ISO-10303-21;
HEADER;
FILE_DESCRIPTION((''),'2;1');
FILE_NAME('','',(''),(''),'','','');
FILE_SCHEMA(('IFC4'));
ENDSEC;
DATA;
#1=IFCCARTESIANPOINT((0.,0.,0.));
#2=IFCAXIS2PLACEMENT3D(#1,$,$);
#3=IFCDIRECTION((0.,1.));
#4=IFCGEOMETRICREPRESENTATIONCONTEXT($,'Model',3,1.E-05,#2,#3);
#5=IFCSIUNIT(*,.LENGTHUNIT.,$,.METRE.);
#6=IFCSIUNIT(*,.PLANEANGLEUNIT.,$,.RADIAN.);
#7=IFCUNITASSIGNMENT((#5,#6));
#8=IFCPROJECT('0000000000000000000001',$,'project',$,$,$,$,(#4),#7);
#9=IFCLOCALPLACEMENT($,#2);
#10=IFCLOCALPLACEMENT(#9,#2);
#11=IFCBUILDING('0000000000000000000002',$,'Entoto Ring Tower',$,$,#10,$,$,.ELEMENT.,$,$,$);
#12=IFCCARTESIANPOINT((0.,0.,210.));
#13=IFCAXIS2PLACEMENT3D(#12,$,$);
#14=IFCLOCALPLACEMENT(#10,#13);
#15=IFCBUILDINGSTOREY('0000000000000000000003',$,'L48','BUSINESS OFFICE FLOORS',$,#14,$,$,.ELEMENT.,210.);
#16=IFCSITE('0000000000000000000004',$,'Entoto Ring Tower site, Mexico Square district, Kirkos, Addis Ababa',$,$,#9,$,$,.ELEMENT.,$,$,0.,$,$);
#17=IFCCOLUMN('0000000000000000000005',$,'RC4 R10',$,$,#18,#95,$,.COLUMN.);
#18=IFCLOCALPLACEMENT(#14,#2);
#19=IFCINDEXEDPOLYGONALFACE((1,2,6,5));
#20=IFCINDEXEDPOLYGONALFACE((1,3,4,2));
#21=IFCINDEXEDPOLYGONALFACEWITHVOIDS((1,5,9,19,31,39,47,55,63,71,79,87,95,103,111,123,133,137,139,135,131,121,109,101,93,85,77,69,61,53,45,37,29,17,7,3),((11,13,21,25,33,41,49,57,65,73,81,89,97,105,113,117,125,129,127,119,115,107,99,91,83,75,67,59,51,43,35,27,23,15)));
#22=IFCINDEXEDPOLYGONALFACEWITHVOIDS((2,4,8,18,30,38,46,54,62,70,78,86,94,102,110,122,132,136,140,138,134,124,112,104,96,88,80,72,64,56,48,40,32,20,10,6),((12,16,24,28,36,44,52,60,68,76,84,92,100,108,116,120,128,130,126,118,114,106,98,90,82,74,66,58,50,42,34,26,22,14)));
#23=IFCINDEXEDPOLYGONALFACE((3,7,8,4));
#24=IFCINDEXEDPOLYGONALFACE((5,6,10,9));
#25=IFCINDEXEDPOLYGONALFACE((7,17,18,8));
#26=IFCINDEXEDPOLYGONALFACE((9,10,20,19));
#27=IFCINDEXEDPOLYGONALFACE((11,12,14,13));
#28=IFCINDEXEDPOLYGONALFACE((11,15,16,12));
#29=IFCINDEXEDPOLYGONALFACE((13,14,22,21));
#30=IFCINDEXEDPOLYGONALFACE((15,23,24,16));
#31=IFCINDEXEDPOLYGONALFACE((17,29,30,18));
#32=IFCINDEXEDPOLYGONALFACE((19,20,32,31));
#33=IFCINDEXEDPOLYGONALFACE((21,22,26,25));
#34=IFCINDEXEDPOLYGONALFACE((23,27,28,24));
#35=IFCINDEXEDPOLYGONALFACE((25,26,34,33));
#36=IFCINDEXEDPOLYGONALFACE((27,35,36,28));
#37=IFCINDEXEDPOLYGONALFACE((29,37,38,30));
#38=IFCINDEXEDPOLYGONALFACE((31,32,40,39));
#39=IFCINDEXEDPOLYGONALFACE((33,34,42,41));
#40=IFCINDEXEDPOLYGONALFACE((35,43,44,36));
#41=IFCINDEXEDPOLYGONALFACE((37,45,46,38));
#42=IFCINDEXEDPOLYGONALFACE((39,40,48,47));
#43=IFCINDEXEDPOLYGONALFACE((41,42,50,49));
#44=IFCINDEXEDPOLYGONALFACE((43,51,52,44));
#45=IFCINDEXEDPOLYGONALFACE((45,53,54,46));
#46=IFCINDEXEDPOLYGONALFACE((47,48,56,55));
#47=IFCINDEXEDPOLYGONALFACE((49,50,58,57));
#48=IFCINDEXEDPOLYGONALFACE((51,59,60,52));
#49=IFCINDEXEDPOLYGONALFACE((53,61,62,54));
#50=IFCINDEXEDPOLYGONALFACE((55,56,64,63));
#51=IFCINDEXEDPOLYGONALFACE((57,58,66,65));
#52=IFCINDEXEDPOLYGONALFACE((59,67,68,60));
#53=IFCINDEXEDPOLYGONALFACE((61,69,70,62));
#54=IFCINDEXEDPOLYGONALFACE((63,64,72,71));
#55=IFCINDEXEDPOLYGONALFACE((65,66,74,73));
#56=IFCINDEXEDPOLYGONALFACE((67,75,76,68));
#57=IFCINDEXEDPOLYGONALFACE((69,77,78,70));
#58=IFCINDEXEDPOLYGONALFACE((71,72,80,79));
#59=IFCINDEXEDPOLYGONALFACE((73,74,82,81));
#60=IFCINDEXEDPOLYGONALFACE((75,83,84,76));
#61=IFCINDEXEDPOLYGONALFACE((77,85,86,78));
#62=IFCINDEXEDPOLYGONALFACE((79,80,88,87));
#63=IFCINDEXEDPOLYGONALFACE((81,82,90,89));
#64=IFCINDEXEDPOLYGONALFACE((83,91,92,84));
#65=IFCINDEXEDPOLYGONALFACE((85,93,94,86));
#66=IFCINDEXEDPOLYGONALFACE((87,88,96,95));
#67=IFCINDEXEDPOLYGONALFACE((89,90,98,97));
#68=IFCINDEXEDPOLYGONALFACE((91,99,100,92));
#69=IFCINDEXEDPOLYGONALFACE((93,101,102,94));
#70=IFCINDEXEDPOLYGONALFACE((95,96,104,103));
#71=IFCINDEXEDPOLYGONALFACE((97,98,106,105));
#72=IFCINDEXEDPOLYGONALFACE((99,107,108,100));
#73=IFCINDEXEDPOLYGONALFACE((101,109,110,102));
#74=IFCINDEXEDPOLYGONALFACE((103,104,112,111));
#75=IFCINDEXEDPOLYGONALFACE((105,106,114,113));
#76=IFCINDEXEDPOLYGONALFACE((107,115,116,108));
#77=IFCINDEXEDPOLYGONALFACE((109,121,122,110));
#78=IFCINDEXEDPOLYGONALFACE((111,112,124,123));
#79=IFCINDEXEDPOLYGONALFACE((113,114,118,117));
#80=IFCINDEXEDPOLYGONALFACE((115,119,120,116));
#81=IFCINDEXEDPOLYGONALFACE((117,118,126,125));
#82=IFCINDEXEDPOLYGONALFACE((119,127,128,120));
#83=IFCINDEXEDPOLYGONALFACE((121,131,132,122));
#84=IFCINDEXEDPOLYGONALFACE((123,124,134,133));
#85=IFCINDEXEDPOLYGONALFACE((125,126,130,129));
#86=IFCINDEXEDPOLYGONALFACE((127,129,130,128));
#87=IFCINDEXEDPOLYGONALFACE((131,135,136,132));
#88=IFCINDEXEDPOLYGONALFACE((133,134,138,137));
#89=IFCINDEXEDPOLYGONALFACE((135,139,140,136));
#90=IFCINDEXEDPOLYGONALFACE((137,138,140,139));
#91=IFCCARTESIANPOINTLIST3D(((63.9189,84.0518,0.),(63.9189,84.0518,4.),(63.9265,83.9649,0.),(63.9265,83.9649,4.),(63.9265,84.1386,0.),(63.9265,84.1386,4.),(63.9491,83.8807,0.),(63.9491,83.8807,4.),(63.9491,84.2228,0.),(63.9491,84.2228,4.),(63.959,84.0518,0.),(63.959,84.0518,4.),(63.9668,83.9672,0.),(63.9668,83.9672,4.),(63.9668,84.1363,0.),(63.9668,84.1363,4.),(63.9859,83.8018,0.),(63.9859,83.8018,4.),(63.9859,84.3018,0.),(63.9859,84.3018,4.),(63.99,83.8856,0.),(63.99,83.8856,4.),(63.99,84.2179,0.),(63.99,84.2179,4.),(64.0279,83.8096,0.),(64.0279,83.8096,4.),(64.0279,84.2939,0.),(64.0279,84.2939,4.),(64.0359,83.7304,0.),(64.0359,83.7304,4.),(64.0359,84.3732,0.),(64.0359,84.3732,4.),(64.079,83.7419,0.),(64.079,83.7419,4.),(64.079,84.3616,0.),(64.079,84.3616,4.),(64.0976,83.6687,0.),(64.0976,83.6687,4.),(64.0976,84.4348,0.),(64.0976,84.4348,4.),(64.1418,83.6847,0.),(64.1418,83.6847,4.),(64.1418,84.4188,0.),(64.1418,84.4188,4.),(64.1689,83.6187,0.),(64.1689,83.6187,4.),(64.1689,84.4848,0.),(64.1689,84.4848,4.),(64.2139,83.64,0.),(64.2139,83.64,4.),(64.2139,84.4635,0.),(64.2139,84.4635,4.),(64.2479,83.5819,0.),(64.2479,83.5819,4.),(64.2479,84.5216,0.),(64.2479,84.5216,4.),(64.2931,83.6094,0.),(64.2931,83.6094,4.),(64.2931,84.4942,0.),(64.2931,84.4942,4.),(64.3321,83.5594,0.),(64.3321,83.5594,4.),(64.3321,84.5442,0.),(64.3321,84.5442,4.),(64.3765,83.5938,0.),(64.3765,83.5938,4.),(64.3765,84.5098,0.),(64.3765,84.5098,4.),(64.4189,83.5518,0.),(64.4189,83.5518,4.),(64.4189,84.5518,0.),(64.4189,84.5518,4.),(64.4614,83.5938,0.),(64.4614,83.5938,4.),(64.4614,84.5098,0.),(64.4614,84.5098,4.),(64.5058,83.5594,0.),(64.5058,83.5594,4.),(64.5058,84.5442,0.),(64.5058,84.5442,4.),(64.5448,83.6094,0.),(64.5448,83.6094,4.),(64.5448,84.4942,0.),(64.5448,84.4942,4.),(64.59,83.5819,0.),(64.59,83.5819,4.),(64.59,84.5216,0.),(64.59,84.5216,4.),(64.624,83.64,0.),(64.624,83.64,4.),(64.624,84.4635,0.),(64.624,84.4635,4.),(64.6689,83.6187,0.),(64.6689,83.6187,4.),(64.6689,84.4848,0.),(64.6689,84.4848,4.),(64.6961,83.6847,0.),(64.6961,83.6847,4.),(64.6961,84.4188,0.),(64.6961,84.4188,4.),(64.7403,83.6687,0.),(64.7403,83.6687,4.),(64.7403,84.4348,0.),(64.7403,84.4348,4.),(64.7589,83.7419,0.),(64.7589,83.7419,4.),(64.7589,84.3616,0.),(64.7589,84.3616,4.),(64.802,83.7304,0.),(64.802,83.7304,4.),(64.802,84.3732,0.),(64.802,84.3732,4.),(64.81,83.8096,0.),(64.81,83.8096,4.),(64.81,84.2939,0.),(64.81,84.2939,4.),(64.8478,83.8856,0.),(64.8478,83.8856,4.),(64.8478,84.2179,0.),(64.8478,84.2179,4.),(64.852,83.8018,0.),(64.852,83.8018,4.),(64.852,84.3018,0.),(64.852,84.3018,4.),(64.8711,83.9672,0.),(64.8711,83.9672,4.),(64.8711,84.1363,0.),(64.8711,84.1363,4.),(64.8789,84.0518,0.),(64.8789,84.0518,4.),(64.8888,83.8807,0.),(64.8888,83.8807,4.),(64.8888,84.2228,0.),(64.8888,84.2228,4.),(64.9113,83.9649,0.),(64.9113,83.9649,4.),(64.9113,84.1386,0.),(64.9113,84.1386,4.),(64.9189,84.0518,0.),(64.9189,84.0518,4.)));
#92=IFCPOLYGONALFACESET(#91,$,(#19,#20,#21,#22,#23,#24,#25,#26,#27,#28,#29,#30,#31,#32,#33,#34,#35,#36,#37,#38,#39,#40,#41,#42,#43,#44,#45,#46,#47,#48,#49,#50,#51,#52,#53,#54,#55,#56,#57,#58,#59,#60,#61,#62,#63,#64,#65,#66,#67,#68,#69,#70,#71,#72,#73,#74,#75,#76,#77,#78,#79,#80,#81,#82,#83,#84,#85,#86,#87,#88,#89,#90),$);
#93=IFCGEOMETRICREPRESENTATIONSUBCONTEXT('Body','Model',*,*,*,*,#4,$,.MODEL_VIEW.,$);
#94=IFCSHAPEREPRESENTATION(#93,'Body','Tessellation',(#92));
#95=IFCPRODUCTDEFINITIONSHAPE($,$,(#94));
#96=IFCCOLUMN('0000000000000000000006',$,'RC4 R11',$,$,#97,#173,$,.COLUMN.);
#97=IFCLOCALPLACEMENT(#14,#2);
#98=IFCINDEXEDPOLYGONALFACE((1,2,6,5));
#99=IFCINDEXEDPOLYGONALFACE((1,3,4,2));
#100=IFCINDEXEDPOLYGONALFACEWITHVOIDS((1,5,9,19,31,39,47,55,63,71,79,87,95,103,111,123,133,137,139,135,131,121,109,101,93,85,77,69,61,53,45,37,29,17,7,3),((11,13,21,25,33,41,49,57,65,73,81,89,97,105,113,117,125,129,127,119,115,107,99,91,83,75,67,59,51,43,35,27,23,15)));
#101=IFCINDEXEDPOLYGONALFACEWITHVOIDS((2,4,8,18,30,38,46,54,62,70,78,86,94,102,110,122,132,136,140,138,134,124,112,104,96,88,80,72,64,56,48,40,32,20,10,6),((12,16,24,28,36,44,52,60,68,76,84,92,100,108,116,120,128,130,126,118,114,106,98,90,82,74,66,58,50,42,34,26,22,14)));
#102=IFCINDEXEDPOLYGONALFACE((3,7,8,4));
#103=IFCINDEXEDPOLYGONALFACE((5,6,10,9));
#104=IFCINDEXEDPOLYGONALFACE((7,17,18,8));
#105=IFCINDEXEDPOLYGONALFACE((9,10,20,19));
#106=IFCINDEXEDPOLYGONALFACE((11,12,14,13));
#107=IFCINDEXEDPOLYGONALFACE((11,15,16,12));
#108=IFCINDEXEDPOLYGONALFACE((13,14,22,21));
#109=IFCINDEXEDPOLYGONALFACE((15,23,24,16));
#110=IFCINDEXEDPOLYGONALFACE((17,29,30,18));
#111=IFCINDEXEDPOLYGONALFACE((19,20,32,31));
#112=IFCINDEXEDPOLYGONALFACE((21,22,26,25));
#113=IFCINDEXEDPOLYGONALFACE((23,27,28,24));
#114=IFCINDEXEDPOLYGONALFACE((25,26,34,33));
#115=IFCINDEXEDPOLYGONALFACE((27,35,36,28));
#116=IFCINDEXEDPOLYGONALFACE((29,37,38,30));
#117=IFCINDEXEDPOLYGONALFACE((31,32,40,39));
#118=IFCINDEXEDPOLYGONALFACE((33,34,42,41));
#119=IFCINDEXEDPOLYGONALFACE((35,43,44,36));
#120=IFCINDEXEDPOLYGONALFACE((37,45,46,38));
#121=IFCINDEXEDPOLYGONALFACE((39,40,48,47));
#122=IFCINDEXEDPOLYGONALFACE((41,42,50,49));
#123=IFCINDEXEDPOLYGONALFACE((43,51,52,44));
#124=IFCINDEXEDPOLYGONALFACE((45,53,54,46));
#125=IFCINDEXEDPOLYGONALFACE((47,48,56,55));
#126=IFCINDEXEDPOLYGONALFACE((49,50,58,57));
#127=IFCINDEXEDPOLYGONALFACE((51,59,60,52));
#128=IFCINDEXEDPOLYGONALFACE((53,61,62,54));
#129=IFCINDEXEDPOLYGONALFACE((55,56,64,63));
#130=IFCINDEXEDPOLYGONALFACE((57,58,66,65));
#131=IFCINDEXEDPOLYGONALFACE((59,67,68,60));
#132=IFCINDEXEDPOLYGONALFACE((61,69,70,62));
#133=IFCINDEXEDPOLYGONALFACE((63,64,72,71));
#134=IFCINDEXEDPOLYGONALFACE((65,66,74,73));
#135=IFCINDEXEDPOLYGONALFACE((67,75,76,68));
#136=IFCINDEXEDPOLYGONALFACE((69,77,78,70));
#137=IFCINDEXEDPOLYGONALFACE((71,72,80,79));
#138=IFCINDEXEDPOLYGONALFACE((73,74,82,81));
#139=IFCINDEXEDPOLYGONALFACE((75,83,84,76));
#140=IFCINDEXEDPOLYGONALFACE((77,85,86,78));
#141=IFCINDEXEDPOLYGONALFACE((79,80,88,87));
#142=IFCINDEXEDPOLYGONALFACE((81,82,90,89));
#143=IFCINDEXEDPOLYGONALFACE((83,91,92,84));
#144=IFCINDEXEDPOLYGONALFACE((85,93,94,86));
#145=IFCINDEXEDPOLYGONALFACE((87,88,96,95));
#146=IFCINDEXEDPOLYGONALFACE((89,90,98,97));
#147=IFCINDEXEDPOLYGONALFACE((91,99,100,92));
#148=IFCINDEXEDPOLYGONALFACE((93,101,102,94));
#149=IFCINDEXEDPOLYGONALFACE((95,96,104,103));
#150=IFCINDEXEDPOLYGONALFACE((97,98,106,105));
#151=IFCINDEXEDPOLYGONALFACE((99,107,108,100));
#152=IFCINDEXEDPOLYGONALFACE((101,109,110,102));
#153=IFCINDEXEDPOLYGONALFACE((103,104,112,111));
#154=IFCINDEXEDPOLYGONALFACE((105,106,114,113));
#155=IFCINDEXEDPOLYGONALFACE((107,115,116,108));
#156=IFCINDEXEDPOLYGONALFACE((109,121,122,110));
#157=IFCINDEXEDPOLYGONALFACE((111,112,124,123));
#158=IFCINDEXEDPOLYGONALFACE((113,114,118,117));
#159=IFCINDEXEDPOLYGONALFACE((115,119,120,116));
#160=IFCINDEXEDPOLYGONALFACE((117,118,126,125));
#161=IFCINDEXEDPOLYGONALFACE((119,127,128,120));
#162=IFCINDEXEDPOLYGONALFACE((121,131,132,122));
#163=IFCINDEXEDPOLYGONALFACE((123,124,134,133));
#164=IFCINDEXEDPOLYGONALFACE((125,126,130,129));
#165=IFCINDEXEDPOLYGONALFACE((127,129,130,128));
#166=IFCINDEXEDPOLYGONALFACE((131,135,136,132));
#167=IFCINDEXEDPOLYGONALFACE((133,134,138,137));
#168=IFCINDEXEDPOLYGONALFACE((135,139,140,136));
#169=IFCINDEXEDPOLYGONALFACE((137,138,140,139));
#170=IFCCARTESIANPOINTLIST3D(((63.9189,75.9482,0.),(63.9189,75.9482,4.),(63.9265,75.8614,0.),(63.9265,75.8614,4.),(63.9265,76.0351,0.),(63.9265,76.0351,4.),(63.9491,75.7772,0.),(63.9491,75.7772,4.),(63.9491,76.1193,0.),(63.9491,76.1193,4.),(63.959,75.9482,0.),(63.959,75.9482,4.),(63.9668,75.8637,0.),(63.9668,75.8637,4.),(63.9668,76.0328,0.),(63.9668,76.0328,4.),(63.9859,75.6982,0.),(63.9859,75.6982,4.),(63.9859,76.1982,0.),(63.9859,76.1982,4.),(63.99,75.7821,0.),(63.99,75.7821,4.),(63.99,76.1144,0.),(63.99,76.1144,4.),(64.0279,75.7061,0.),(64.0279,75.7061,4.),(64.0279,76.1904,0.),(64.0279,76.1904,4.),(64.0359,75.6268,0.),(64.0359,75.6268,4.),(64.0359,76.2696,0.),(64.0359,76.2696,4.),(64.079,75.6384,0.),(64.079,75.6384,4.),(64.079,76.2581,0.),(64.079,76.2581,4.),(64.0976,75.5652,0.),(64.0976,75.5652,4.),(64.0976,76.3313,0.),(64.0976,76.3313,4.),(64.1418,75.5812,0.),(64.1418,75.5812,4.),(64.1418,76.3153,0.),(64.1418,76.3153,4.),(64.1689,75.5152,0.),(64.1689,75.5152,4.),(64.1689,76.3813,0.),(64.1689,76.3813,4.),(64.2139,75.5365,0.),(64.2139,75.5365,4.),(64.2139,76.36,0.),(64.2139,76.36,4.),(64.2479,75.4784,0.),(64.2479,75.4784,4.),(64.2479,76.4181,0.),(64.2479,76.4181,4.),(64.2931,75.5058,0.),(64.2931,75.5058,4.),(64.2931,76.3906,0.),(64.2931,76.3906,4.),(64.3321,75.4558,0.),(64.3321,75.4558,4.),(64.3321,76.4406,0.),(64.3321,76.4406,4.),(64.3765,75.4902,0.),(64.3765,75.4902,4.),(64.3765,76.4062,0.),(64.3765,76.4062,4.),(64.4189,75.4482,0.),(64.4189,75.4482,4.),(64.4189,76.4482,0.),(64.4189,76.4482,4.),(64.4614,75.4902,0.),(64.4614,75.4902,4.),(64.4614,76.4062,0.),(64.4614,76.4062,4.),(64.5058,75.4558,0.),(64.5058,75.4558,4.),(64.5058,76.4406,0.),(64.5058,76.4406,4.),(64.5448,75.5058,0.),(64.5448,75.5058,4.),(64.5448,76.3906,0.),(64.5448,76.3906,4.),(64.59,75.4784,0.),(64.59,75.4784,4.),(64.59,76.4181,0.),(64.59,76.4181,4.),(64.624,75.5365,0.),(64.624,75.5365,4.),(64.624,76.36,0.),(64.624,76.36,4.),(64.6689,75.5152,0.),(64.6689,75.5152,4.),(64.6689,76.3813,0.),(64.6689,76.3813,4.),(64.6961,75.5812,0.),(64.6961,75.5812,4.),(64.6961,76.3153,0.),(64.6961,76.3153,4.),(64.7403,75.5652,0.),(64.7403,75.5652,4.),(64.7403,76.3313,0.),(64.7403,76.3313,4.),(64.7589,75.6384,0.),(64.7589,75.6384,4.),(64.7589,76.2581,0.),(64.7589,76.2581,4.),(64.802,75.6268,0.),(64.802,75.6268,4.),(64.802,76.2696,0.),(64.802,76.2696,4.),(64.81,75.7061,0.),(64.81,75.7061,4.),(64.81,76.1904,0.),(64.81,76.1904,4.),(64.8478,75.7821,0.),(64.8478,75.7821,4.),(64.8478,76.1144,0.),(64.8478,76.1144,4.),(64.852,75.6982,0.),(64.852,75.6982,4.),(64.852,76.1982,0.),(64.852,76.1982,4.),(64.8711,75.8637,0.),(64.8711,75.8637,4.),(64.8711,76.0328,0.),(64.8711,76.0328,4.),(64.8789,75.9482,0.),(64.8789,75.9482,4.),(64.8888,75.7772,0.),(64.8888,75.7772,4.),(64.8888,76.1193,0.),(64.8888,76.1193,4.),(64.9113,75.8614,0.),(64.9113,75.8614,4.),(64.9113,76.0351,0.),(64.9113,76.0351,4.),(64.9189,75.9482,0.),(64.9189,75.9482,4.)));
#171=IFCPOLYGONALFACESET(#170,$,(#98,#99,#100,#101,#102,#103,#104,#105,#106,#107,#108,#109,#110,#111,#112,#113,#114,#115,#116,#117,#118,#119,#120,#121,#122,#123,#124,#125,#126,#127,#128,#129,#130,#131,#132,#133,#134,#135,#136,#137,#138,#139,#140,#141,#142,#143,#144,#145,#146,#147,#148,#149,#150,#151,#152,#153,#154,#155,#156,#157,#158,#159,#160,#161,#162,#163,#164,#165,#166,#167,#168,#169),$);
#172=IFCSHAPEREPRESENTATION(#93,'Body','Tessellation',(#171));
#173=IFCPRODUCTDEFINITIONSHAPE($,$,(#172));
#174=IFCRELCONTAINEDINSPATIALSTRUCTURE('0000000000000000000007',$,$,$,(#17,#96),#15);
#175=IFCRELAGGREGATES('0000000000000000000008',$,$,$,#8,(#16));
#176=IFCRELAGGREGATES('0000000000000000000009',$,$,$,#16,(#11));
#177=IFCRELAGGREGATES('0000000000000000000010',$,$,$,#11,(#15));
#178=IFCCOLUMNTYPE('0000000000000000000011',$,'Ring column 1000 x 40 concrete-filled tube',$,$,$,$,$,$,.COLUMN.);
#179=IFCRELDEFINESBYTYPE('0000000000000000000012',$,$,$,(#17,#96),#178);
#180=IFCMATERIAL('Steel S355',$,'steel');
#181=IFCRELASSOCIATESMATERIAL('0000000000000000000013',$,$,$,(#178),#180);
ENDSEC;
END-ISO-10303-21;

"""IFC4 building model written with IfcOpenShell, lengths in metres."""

from ifc_helpers import new_model, si_unit, direction, frame, origin, origin_2d, place, context, subcontext, project, spatial, circle, hollow_circle, extrude, material, material_profile, profile_set, type_object, element, save


model = new_model("IFC4")

# Units and contexts
model_context = context("Model", 3, precision=1e-05, world=origin(), true_north=direction((0.0, 1.0)))
body_context = subcontext(model_context, "Body", "Model", "MODEL_VIEW")
ifc_project = project(units=[si_unit("LENGTHUNIT", "METRE"), si_unit("PLANEANGLEUNIT", "RADIAN")], contexts=[model_context])

# Site, building, storey
site_placement = place(None, origin())
site = spatial("IfcSite", under=ifc_project, at=site_placement, Name="Entoto Ring Tower site, Mexico Square district, Kirkos, Addis Ababa", CompositionType="ELEMENT", RefElevation=0.0)
building_placement = place(site_placement, origin())
building = spatial("IfcBuilding", under=site, at=building_placement, Name="Entoto Ring Tower", CompositionType="ELEMENT")
storey_placement = place(building_placement, frame((0.0, 0.0, 210.0)))
storey = spatial("IfcBuildingStorey", under=building, at=storey_placement, Name="L48", Description="BUSINESS OFFICE FLOORS", CompositionType="ELEMENT", Elevation=210.0)

# Columns
ifc_material_1 = material(Name="Steel S355", Category="steel")
ifc_material_profile_1 = material_profile(ifc_material_1, hollow_circle(Radius=0.5, WallThickness=0.04, at=origin_2d()), Name="CHS 1000 x 40")
ifc_material_2 = material(Name="Concrete C60/75", Category="concrete")
ifc_material_profile_2 = material_profile(ifc_material_2, circle(Radius=0.46, at=origin_2d()), Name="Concrete C60/75 infill")
ifc_profile_set_1 = profile_set([ifc_material_profile_1, ifc_material_profile_2], Name="Steel S355")
column_type = type_object("IfcColumnType", Name="Ring column 1000 x 40 concrete-filled tube", PredefinedType="COLUMN", material=ifc_profile_set_1)
for number, where, z_axis, x_axis, name in (
    (1, (64.4189, 84.0518, 0.0), (0.0, 0.0, 1.0), (1.0, 0.0, 0.0), "RC4 R10"),
    (2, (64.4189, 75.9482, 0.0), (0.0, 0.0, 1.0), (1.0, 0.0, 0.0), "RC4 R11"),
):
    element("IfcColumn", number, at=place(storey_placement, frame(where, z_axis=z_axis, x_axis=x_axis)), inside=storey, type_object=column_type, Name=name, PredefinedType="COLUMN", context=body_context, shape_type="SweptSolid", body=[
        extrude(hollow_circle(Radius=0.5, WallThickness=0.04, at=origin_2d()), origin(), (0.0, 0.0, 1.0), 4.0),
    ])

save(model, "model.ifc")
